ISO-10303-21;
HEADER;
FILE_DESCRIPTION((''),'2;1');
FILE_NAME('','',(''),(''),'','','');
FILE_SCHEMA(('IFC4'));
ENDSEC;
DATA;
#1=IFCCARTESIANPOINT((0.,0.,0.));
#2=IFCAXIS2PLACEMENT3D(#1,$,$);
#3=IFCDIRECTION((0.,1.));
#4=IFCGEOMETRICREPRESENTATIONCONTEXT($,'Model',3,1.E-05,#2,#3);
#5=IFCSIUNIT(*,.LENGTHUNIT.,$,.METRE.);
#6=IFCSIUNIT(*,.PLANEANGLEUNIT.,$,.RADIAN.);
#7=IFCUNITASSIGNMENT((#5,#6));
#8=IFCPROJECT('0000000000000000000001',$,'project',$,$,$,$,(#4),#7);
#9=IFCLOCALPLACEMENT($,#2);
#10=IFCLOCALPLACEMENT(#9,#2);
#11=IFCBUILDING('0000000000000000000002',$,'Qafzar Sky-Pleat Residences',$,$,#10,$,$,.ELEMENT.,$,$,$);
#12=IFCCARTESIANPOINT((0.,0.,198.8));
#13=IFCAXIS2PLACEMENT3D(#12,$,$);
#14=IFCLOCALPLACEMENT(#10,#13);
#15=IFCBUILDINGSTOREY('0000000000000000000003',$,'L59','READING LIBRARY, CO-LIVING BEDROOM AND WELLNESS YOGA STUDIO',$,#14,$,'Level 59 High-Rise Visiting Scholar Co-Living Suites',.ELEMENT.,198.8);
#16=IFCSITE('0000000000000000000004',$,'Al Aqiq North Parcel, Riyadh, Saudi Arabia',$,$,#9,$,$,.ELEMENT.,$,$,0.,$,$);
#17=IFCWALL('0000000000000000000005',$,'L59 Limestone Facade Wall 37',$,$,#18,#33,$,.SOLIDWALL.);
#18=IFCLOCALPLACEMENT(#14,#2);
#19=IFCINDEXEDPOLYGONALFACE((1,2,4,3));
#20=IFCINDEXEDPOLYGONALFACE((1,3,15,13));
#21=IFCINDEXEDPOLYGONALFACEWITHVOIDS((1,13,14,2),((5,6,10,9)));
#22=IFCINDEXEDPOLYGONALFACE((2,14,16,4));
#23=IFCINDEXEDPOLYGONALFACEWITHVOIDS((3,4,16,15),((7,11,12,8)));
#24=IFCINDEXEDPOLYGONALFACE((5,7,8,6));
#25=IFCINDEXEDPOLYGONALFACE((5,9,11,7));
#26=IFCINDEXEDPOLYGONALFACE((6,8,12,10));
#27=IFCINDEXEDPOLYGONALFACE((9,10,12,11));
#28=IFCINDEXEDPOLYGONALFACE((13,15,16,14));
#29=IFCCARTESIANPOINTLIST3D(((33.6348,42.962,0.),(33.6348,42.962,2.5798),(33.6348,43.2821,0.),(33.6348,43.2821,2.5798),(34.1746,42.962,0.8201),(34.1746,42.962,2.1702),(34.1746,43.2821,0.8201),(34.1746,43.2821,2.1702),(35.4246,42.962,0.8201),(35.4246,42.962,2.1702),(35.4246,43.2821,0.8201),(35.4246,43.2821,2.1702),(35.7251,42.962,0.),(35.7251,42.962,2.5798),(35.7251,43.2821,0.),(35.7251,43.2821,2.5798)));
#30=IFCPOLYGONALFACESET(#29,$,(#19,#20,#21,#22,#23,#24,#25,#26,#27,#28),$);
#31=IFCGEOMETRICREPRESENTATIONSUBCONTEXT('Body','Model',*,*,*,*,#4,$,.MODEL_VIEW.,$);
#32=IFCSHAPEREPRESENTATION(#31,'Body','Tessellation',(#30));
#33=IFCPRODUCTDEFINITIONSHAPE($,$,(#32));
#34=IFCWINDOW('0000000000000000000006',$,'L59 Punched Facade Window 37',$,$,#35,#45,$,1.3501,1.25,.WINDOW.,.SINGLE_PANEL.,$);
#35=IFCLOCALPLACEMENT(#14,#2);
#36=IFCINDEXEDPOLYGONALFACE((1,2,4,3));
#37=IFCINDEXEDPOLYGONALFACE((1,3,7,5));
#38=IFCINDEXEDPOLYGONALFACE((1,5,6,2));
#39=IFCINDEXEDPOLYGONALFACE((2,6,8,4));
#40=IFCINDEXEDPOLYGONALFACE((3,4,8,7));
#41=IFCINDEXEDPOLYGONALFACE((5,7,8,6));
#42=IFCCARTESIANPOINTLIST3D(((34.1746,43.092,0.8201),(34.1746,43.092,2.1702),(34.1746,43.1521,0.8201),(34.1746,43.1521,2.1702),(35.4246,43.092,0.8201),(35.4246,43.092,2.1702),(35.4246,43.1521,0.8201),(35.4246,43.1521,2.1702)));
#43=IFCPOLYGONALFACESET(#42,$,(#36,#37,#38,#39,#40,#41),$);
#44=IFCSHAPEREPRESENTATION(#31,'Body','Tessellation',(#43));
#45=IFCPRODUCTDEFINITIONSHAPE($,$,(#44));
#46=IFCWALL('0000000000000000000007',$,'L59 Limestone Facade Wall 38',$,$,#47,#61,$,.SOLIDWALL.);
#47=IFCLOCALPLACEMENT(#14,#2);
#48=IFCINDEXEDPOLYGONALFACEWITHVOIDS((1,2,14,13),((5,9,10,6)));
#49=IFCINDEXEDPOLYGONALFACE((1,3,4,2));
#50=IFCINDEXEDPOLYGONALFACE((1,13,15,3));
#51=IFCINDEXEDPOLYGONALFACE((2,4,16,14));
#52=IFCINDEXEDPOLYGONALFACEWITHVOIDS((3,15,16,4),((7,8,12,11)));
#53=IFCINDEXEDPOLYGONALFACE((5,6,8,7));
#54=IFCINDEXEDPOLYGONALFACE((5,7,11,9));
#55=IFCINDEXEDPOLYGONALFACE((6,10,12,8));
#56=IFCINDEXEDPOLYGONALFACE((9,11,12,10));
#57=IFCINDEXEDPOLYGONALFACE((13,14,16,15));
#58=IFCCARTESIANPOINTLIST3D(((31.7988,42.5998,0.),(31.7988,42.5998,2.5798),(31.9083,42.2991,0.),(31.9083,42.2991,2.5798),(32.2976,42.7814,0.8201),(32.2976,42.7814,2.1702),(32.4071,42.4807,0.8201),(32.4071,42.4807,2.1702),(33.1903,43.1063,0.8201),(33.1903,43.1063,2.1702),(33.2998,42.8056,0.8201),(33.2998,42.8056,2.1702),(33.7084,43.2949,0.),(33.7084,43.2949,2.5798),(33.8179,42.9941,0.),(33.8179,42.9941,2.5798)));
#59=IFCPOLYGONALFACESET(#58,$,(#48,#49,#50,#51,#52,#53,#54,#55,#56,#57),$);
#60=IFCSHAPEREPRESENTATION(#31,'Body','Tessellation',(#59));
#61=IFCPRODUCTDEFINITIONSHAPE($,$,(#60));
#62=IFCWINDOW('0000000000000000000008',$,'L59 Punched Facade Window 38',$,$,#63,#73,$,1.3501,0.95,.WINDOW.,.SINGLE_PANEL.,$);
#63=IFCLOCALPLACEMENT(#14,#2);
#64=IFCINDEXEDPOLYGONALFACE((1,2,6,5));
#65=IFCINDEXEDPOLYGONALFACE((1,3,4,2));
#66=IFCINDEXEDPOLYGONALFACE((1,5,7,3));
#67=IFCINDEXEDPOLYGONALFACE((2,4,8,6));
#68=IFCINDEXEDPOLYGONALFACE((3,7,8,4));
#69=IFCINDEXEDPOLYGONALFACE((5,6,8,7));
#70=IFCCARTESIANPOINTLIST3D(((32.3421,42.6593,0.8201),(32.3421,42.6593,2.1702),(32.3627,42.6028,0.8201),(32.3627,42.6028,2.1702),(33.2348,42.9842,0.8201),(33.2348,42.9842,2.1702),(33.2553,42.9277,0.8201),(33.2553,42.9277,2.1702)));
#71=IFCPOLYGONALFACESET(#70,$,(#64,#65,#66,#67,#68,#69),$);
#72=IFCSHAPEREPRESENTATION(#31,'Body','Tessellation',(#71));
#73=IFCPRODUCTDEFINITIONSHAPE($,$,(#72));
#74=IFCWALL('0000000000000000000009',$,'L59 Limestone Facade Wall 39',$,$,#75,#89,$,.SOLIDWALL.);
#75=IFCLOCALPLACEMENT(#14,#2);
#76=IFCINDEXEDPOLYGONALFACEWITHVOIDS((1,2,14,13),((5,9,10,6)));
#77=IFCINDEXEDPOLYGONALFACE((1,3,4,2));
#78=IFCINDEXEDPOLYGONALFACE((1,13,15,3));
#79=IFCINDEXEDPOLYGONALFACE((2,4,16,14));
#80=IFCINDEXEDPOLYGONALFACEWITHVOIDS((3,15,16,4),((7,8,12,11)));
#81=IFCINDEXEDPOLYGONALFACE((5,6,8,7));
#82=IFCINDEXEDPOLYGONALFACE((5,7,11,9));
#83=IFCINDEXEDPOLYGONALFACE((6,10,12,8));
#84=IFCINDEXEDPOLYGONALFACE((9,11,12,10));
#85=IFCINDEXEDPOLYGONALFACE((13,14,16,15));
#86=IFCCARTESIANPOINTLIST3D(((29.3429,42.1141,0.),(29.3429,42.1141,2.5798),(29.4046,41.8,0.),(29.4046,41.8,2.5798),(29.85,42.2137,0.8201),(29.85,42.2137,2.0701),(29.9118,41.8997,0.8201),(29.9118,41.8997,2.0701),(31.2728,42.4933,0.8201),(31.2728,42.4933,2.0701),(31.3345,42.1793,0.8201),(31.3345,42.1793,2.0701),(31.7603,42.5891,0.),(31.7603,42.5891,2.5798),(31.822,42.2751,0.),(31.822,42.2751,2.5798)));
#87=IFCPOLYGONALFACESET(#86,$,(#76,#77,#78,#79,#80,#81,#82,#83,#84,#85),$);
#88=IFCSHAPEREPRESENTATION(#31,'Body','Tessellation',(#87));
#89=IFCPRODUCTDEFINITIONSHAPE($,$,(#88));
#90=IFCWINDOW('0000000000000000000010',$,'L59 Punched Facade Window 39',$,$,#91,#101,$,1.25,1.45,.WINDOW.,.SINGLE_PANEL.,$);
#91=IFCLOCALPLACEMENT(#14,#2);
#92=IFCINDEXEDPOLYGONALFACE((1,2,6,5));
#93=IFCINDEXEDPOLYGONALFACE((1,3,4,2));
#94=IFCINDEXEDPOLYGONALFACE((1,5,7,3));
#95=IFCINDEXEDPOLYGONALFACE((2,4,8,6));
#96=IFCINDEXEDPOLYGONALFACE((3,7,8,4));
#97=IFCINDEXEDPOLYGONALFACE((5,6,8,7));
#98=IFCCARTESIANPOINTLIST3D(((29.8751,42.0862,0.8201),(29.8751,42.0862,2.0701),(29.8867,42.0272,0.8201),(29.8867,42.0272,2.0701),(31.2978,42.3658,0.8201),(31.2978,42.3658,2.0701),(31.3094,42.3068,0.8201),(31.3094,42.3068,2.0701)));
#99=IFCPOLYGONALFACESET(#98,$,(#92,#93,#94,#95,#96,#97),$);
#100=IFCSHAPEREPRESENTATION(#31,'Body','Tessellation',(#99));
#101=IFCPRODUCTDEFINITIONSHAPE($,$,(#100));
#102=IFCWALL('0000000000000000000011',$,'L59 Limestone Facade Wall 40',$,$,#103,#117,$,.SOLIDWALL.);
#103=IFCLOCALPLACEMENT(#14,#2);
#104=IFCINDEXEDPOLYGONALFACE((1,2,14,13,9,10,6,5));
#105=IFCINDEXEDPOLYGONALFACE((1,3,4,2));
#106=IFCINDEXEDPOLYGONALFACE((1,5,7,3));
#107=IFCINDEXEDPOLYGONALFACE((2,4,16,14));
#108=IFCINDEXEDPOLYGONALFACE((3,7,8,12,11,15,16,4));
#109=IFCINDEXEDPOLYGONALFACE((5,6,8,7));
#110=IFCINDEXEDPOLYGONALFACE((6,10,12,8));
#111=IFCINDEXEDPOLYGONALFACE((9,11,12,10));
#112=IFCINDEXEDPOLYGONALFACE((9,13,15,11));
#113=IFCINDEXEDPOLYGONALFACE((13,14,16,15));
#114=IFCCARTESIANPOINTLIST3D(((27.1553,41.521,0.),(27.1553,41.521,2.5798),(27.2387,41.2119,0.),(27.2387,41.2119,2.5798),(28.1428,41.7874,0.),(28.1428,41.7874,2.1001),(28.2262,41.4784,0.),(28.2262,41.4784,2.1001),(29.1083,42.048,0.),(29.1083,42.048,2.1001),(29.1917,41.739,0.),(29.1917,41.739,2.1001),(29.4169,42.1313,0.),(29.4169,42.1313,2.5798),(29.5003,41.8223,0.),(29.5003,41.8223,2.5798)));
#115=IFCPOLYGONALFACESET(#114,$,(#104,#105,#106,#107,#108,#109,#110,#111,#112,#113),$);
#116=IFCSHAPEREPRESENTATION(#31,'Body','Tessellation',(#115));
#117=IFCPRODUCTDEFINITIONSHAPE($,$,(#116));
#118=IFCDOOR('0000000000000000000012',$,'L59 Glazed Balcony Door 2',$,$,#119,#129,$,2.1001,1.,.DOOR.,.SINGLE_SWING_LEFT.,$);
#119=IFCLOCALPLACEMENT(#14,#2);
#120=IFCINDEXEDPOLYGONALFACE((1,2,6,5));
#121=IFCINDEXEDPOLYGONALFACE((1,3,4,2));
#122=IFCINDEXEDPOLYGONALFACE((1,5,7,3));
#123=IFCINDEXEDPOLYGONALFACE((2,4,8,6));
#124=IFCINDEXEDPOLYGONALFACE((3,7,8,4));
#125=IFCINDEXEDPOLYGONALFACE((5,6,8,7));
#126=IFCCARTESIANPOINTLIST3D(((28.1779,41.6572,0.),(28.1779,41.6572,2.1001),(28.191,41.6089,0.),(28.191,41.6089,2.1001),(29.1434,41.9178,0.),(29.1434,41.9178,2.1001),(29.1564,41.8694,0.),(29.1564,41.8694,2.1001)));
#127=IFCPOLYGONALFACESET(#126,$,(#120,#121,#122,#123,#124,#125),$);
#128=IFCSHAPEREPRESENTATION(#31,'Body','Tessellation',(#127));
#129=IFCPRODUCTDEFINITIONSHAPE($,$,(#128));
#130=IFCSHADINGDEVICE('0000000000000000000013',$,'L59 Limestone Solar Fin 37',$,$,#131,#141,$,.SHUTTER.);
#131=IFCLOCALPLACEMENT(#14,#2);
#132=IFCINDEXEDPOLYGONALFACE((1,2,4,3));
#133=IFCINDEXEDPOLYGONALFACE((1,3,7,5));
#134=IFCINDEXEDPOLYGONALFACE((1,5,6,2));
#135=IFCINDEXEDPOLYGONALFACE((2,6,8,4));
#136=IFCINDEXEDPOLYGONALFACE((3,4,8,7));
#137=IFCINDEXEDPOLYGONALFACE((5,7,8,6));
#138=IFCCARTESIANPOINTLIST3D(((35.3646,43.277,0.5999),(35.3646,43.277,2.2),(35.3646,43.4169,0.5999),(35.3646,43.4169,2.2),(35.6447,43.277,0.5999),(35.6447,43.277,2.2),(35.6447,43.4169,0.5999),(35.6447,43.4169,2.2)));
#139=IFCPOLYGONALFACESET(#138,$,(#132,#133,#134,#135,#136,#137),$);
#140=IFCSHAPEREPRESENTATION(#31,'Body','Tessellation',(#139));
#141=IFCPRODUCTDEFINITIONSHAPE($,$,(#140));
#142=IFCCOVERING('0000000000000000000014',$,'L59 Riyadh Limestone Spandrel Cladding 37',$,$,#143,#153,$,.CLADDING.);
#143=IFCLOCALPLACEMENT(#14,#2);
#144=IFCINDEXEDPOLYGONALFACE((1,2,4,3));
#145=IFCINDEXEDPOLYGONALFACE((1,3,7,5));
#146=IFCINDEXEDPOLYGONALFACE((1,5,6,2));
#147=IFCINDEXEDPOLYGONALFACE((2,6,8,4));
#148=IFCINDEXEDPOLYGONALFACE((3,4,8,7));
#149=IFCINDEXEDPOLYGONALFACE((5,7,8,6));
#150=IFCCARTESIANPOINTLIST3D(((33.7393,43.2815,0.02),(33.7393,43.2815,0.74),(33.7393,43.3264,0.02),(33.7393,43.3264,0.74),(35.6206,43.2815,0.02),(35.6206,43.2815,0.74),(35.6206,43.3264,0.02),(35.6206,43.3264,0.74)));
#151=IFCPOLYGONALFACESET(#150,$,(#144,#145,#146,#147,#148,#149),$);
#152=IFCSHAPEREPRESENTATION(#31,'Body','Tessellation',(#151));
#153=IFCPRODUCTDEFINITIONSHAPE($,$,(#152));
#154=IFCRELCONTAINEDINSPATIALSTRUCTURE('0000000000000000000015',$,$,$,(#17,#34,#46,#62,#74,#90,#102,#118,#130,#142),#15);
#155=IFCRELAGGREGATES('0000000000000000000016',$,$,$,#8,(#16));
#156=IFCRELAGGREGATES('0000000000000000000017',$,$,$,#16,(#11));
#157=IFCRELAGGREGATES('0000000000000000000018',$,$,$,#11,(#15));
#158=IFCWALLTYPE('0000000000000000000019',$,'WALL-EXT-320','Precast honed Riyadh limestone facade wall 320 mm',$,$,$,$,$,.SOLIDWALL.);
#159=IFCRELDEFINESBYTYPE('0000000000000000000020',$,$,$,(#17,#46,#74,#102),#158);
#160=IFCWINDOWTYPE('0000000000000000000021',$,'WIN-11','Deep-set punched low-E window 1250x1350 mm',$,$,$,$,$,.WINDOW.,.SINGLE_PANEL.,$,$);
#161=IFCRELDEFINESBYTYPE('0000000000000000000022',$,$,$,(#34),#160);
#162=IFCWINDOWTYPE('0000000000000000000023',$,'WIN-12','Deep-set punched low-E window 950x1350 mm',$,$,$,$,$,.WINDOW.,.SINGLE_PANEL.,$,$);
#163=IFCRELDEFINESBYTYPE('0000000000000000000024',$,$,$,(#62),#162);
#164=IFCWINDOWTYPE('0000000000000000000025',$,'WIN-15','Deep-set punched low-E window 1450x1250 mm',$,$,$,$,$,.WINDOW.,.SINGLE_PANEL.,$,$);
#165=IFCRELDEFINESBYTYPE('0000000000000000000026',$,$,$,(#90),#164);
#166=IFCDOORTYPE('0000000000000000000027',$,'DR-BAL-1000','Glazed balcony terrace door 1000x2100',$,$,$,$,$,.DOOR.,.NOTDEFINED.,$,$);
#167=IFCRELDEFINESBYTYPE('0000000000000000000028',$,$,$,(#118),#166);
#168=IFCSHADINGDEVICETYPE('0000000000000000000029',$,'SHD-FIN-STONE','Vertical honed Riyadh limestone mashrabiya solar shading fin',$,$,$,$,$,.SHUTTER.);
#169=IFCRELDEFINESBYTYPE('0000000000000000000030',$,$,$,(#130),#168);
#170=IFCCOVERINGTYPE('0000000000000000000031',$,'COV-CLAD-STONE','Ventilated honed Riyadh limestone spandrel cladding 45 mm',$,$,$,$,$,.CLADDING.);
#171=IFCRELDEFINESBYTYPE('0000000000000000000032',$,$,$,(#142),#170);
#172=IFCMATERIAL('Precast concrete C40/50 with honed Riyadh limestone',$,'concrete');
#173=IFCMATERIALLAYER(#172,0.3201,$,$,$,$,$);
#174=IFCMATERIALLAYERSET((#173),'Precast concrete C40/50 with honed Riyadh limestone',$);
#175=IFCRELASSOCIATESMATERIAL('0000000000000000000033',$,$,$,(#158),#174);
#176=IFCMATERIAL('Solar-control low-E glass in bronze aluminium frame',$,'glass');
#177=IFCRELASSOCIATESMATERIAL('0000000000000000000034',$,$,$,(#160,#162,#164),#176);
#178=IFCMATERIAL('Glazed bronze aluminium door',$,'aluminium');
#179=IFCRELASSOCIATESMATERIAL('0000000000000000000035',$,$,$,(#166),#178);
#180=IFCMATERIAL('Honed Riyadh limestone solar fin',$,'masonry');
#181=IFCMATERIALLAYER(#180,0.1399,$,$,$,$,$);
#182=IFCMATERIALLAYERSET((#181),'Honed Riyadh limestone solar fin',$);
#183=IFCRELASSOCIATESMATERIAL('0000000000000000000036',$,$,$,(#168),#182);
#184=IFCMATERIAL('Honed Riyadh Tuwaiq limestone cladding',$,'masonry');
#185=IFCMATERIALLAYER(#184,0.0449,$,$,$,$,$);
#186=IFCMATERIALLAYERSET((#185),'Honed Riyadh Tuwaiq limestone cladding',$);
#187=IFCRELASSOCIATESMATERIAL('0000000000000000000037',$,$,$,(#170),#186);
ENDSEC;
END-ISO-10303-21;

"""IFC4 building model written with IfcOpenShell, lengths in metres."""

from ifc_helpers import new_model, si_unit, direction, frame, frame_2d, origin, origin_2d, place, context, subcontext, project, spatial, rectangle, extrude, source, transform, mapped, material, layer, layer_set, type_object, element, fill, save


model = new_model("IFC4")

# Units and contexts
model_context = context("Model", 3, precision=1e-05, world=origin(), true_north=direction((0.0, 1.0)))
body_context = subcontext(model_context, "Body", "Model", "MODEL_VIEW")
ifc_project = project(units=[si_unit("LENGTHUNIT", "METRE"), si_unit("PLANEANGLEUNIT", "RADIAN")], contexts=[model_context])

# Site, building, storey
site_placement = place(None, origin())
site = spatial("IfcSite", under=ifc_project, at=site_placement, Name="Al Aqiq North Parcel, Riyadh, Saudi Arabia", CompositionType="ELEMENT", RefElevation=0.0)
building_placement = place(site_placement, origin())
building = spatial("IfcBuilding", under=site, at=building_placement, Name="Qafzar Sky-Pleat Residences", CompositionType="ELEMENT")
storey_placement = place(building_placement, frame((0.0, 0.0, 198.8)))
storey = spatial("IfcBuildingStorey", under=building, at=storey_placement, Name="L59", Description="READING LIBRARY, CO-LIVING BEDROOM AND WELLNESS YOGA STUDIO", LongName="Level 59 High-Rise Visiting Scholar Co-Living Suites", CompositionType="ELEMENT", Elevation=198.8)

# Walls, openings, windows
ifc_material_1 = material(Name="Precast concrete C40/50 with honed Riyadh limestone", Category="concrete")
ifc_layer_1 = layer(ifc_material_1, 0.3201)
ifc_layer_set_1 = layer_set([ifc_layer_1], Name="Precast concrete C40/50 with honed Riyadh limestone")
wall_type_1 = type_object("IfcWallType", Name="WALL-EXT-320", Description="Precast honed Riyadh limestone facade wall 320 mm", PredefinedType="SOLIDWALL", material=ifc_layer_set_1)
ifc_material_2 = material(Name="Solar-control low-E glass in bronze aluminium frame", Category="glass")
wall_1_placement = place(storey_placement, frame((35.7251, 43.1221, 0.0), z_axis=(0.0, 0.0, 1.0), x_axis=(-1.0, 0.0, 0.0)))
wall_1 = element("IfcWall", 1, at=wall_1_placement, inside=storey, type_object=wall_type_1, Name="L59 Limestone Facade Wall 37", PredefinedType="SOLIDWALL", context=body_context, shape_type="SweptSolid", body=[
    extrude(rectangle(XDim=2.0903, YDim=0.3201, at=frame_2d((1.0452, 0.0))), origin(), (0.0, 0.0, 1.0), 2.5798),
])
opening_1_placement = place(wall_1_placement, frame((0.3005, 0.0, 0.8201)))
opening_1 = element("IfcOpeningElement", 2, at=opening_1_placement, cuts=wall_1, PredefinedType="OPENING", context=body_context, shape_type="SweptSolid", body=[
    extrude(rectangle(XDim=1.25, YDim=1.3501, at=frame_2d((0.625, 0.675))), frame((0.0, 0.1699, 0.0), z_axis=(0.0, -1.0, 0.0), x_axis=(1.0, 0.0, 0.0)), (0.0, 0.0, 1.0), 0.3401),
])
window_type_1 = type_object("IfcWindowType", Name="WIN-11", Description="Deep-set punched low-E window 1250x1350 mm", PartitioningType="SINGLE_PANEL", PredefinedType="WINDOW", material=ifc_material_2)
shared_shape_1 = source(origin(), body_context, "Body", "SweptSolid", [
    extrude(rectangle(XDim=1.25, YDim=1.3501, at=frame_2d((0.625, 0.675))), frame((0.0, 0.03, 0.0), z_axis=(0.0, -1.0, 0.0), x_axis=(1.0, 0.0, 0.0)), (0.0, 0.0, 1.0), 0.0601),
])
window_1_placement = place(opening_1_placement, origin())
window_1 = element("IfcWindow", 3, at=window_1_placement, inside=storey, type_object=window_type_1, Name="L59 Punched Facade Window 37", OverallHeight=1.3501, OverallWidth=1.25, PartitioningType="SINGLE_PANEL", PredefinedType="WINDOW", context=body_context, shape_type="MappedRepresentation", body=[
    mapped(shared_shape_1, transform((0.0, 0.0, 0.0), x_axis=(1.0, 0.0, 0.0), y_axis=(0.0, 1.0, 0.0), z_axis=(0.0, 0.0, 1.0), scale=1.0)),
])
fill(opening_1, window_1)
wall_2_placement = place(storey_placement, frame((33.7632, 43.1445, 0.0), z_axis=(0.0, 0.0, 1.0), x_axis=(-0.939692, -0.342023, 0.0)))
wall_2 = element("IfcWall", 4, at=wall_2_placement, inside=storey, type_object=wall_type_1, Name="L59 Limestone Facade Wall 38", PredefinedType="SOLIDWALL", context=body_context, shape_type="SweptSolid", body=[
    extrude(rectangle(XDim=2.0322, YDim=0.3201, at=frame_2d((1.0161, 0.0))), origin(), (0.0, 0.0, 1.0), 2.5798),
])
opening_2_placement = place(wall_2_placement, frame((0.5513, 0.0, 0.8201)))
opening_2 = element("IfcOpeningElement", 5, at=opening_2_placement, cuts=wall_2, PredefinedType="OPENING", context=body_context, shape_type="SweptSolid", body=[
    extrude(rectangle(XDim=0.95, YDim=1.3501, at=frame_2d((0.4751, 0.675))), frame((0.0, 0.1699, 0.0), z_axis=(0.0, -1.0, 0.0), x_axis=(1.0, 0.0, 0.0)), (0.0, 0.0, 1.0), 0.3401),
])
window_type_2 = type_object("IfcWindowType", Name="WIN-12", Description="Deep-set punched low-E window 950x1350 mm", PartitioningType="SINGLE_PANEL", PredefinedType="WINDOW", material=ifc_material_2)
shared_shape_2 = source(origin(), body_context, "Body", "SweptSolid", [
    extrude(rectangle(XDim=0.95, YDim=1.3501, at=frame_2d((0.4751, 0.675))), frame((0.0, 0.03, 0.0), z_axis=(0.0, -1.0, 0.0), x_axis=(1.0, 0.0, 0.0)), (0.0, 0.0, 1.0), 0.0601),
])
window_2_placement = place(opening_2_placement, origin())
window_2 = element("IfcWindow", 6, at=window_2_placement, inside=storey, type_object=window_type_2, Name="L59 Punched Facade Window 38", OverallHeight=1.3501, OverallWidth=0.95, PartitioningType="SINGLE_PANEL", PredefinedType="WINDOW", context=body_context, shape_type="MappedRepresentation", body=[
    mapped(shared_shape_2, transform((0.0, 0.0, 0.0), x_axis=(1.0, 0.0, 0.0), y_axis=(0.0, 1.0, 0.0), z_axis=(0.0, 0.0, 1.0), scale=1.0)),
])
fill(opening_2, window_2)
wall_3_placement = place(storey_placement, frame((31.7913, 42.4321, 0.0), z_axis=(0.0, 0.0, 1.0), x_axis=(-0.981231, -0.192837, 0.0)))
wall_3 = element("IfcWall", 7, at=wall_3_placement, inside=storey, type_object=wall_type_1, Name="L59 Limestone Facade Wall 39", PredefinedType="SOLIDWALL", context=body_context, shape_type="SweptSolid", body=[
    extrude(rectangle(XDim=2.4636, YDim=0.3201, at=frame_2d((1.2319, 0.0))), origin(), (0.0, 0.0, 1.0), 2.5798),
])
opening_3_placement = place(wall_3_placement, frame((0.4968, 0.0, 0.8201)))
opening_3 = element("IfcOpeningElement", 8, at=opening_3_placement, cuts=wall_3, PredefinedType="OPENING", context=body_context, shape_type="SweptSolid", body=[
    extrude(rectangle(XDim=1.45, YDim=1.25, at=frame_2d((0.7251, 0.625))), frame((0.0, 0.1699, 0.0), z_axis=(0.0, -1.0, 0.0), x_axis=(1.0, 0.0, 0.0)), (0.0, 0.0, 1.0), 0.3401),
])
window_type_3 = type_object("IfcWindowType", Name="WIN-15", Description="Deep-set punched low-E window 1450x1250 mm", PartitioningType="SINGLE_PANEL", PredefinedType="WINDOW", material=ifc_material_2)
shared_shape_3 = source(origin(), body_context, "Body", "SweptSolid", [
    extrude(rectangle(XDim=1.45, YDim=1.25, at=frame_2d((0.7251, 0.625))), frame((0.0, 0.03, 0.0), z_axis=(0.0, -1.0, 0.0), x_axis=(1.0, 0.0, 0.0)), (0.0, 0.0, 1.0), 0.0601),
])
window_3_placement = place(opening_3_placement, origin())
window_3 = element("IfcWindow", 9, at=window_3_placement, inside=storey, type_object=window_type_3, Name="L59 Punched Facade Window 39", OverallHeight=1.25, OverallWidth=1.45, PartitioningType="SINGLE_PANEL", PredefinedType="WINDOW", context=body_context, shape_type="MappedRepresentation", body=[
    mapped(shared_shape_3, transform((0.0, 0.0, 0.0), x_axis=(1.0, 0.0, 0.0), y_axis=(0.0, 1.0, 0.0), z_axis=(0.0, 0.0, 1.0), scale=1.0)),
])
fill(opening_3, window_3)

# Wall, opening, door
wall_4_placement = place(storey_placement, frame((29.4587, 41.9768, 0.0), z_axis=(0.0, 0.0, 1.0), x_axis=(-0.965463, -0.260542, 0.0)))
wall_4 = element("IfcWall", 10, at=wall_4_placement, inside=storey, type_object=wall_type_1, Name="L59 Limestone Facade Wall 40", PredefinedType="SOLIDWALL", context=body_context, shape_type="SweptSolid", body=[
    extrude(rectangle(XDim=2.3425, YDim=0.3201, at=frame_2d((1.1714, 0.0))), origin(), (0.0, 0.0, 1.0), 2.5798),
])
opening_4_placement = place(wall_4_placement, frame((0.3198, 0.0, 0.0)))
opening_4 = element("IfcOpeningElement", 11, at=opening_4_placement, cuts=wall_4, PredefinedType="OPENING", context=body_context, shape_type="SweptSolid", body=[
    extrude(rectangle(XDim=1.0, YDim=2.1001, at=frame_2d((0.5, 1.05))), frame((0.0, 0.1699, 0.0), z_axis=(0.0, -1.0, 0.0), x_axis=(1.0, 0.0, 0.0)), (0.0, 0.0, 1.0), 0.3401),
])
ifc_material_3 = material(Name="Glazed bronze aluminium door", Category="aluminium")
door_type_1 = type_object("IfcDoorType", Name="DR-BAL-1000", Description="Glazed balcony terrace door 1000x2100", OperationType="NOTDEFINED", PredefinedType="DOOR", material=ifc_material_3)
shared_shape_4 = source(origin(), body_context, "Body", "SweptSolid", [
    extrude(rectangle(XDim=1.0, YDim=2.1001, at=frame_2d((0.5, 1.05))), frame((0.0, 0.0249, 0.0), z_axis=(0.0, -1.0, 0.0), x_axis=(1.0, 0.0, 0.0)), (0.0, 0.0, 1.0), 0.05),
])
door_1_placement = place(opening_4_placement, origin())
door_1 = element("IfcDoor", 12, at=door_1_placement, inside=storey, type_object=door_type_1, Name="L59 Glazed Balcony Door 2", OperationType="SINGLE_SWING_LEFT", OverallHeight=2.1001, OverallWidth=1.0, PredefinedType="DOOR", context=body_context, shape_type="MappedRepresentation", body=[
    mapped(shared_shape_4, transform((0.0, 0.0, 0.0), x_axis=(1.0, 0.0, 0.0), y_axis=(0.0, 1.0, 0.0), z_axis=(0.0, 0.0, 1.0), scale=1.0)),
])
fill(opening_4, door_1)

# Shading device
ifc_material_4 = material(Name="Honed Riyadh limestone solar fin", Category="masonry")
ifc_layer_2 = layer(ifc_material_4, 0.1399)
ifc_layer_set_2 = layer_set([ifc_layer_2], Name="Honed Riyadh limestone solar fin")
shading_device_type = type_object("IfcShadingDeviceType", Name="SHD-FIN-STONE", Description="Vertical honed Riyadh limestone mashrabiya solar shading fin", PredefinedType="SHUTTER", material=ifc_layer_set_2)
shared_shape_5 = source(origin(), body_context, "Body", "SweptSolid", [
    extrude(rectangle(XDim=0.1399, YDim=0.28, at=origin_2d()), origin(), (0.0, 0.0, 1.0), 1.6001),
])
shading_device_placement = place(storey_placement, frame((35.5046, 43.3469, 0.5999), z_axis=(0.0, 0.0, 1.0), x_axis=(0.0, 1.0, 0.0)))
element("IfcShadingDevice", 13, at=shading_device_placement, inside=storey, type_object=shading_device_type, Name="L59 Limestone Solar Fin 37", PredefinedType="SHUTTER", context=body_context, shape_type="MappedRepresentation", body=[
    mapped(shared_shape_5, transform((0.0, 0.0, 0.0), x_axis=(1.0, 0.0, 0.0), y_axis=(0.0, 1.0, 0.0), z_axis=(0.0, 0.0, 1.0), scale=1.0)),
])

# Covering
ifc_material_5 = material(Name="Honed Riyadh Tuwaiq limestone cladding", Category="masonry")
ifc_layer_3 = layer(ifc_material_5, 0.0449)
ifc_layer_set_3 = layer_set([ifc_layer_3], Name="Honed Riyadh Tuwaiq limestone cladding")
covering_type = type_object("IfcCoveringType", Name="COV-CLAD-STONE", Description="Ventilated honed Riyadh limestone spandrel cladding 45 mm", PredefinedType="CLADDING", material=ifc_layer_set_3)
shared_shape_6 = source(origin(), body_context, "Body", "SweptSolid", [
    extrude(rectangle(XDim=1.8813, YDim=0.0449, at=origin_2d()), origin(), (0.0, 0.0, 1.0), 0.72),
])
covering_placement = place(storey_placement, frame((34.6799, 43.304, 0.02), z_axis=(0.0, 0.0, 1.0), x_axis=(-1.0, 0.0, 0.0)))
element("IfcCovering", 14, at=covering_placement, inside=storey, type_object=covering_type, Name="L59 Riyadh Limestone Spandrel Cladding 37", PredefinedType="CLADDING", context=body_context, shape_type="MappedRepresentation", body=[
    mapped(shared_shape_6, transform((0.0, 0.0, 0.0), x_axis=(1.0, 0.0, 0.0), y_axis=(0.0, 1.0, 0.0), z_axis=(0.0, 0.0, 1.0), scale=1.0)),
])

save(model, "model.ifc")
